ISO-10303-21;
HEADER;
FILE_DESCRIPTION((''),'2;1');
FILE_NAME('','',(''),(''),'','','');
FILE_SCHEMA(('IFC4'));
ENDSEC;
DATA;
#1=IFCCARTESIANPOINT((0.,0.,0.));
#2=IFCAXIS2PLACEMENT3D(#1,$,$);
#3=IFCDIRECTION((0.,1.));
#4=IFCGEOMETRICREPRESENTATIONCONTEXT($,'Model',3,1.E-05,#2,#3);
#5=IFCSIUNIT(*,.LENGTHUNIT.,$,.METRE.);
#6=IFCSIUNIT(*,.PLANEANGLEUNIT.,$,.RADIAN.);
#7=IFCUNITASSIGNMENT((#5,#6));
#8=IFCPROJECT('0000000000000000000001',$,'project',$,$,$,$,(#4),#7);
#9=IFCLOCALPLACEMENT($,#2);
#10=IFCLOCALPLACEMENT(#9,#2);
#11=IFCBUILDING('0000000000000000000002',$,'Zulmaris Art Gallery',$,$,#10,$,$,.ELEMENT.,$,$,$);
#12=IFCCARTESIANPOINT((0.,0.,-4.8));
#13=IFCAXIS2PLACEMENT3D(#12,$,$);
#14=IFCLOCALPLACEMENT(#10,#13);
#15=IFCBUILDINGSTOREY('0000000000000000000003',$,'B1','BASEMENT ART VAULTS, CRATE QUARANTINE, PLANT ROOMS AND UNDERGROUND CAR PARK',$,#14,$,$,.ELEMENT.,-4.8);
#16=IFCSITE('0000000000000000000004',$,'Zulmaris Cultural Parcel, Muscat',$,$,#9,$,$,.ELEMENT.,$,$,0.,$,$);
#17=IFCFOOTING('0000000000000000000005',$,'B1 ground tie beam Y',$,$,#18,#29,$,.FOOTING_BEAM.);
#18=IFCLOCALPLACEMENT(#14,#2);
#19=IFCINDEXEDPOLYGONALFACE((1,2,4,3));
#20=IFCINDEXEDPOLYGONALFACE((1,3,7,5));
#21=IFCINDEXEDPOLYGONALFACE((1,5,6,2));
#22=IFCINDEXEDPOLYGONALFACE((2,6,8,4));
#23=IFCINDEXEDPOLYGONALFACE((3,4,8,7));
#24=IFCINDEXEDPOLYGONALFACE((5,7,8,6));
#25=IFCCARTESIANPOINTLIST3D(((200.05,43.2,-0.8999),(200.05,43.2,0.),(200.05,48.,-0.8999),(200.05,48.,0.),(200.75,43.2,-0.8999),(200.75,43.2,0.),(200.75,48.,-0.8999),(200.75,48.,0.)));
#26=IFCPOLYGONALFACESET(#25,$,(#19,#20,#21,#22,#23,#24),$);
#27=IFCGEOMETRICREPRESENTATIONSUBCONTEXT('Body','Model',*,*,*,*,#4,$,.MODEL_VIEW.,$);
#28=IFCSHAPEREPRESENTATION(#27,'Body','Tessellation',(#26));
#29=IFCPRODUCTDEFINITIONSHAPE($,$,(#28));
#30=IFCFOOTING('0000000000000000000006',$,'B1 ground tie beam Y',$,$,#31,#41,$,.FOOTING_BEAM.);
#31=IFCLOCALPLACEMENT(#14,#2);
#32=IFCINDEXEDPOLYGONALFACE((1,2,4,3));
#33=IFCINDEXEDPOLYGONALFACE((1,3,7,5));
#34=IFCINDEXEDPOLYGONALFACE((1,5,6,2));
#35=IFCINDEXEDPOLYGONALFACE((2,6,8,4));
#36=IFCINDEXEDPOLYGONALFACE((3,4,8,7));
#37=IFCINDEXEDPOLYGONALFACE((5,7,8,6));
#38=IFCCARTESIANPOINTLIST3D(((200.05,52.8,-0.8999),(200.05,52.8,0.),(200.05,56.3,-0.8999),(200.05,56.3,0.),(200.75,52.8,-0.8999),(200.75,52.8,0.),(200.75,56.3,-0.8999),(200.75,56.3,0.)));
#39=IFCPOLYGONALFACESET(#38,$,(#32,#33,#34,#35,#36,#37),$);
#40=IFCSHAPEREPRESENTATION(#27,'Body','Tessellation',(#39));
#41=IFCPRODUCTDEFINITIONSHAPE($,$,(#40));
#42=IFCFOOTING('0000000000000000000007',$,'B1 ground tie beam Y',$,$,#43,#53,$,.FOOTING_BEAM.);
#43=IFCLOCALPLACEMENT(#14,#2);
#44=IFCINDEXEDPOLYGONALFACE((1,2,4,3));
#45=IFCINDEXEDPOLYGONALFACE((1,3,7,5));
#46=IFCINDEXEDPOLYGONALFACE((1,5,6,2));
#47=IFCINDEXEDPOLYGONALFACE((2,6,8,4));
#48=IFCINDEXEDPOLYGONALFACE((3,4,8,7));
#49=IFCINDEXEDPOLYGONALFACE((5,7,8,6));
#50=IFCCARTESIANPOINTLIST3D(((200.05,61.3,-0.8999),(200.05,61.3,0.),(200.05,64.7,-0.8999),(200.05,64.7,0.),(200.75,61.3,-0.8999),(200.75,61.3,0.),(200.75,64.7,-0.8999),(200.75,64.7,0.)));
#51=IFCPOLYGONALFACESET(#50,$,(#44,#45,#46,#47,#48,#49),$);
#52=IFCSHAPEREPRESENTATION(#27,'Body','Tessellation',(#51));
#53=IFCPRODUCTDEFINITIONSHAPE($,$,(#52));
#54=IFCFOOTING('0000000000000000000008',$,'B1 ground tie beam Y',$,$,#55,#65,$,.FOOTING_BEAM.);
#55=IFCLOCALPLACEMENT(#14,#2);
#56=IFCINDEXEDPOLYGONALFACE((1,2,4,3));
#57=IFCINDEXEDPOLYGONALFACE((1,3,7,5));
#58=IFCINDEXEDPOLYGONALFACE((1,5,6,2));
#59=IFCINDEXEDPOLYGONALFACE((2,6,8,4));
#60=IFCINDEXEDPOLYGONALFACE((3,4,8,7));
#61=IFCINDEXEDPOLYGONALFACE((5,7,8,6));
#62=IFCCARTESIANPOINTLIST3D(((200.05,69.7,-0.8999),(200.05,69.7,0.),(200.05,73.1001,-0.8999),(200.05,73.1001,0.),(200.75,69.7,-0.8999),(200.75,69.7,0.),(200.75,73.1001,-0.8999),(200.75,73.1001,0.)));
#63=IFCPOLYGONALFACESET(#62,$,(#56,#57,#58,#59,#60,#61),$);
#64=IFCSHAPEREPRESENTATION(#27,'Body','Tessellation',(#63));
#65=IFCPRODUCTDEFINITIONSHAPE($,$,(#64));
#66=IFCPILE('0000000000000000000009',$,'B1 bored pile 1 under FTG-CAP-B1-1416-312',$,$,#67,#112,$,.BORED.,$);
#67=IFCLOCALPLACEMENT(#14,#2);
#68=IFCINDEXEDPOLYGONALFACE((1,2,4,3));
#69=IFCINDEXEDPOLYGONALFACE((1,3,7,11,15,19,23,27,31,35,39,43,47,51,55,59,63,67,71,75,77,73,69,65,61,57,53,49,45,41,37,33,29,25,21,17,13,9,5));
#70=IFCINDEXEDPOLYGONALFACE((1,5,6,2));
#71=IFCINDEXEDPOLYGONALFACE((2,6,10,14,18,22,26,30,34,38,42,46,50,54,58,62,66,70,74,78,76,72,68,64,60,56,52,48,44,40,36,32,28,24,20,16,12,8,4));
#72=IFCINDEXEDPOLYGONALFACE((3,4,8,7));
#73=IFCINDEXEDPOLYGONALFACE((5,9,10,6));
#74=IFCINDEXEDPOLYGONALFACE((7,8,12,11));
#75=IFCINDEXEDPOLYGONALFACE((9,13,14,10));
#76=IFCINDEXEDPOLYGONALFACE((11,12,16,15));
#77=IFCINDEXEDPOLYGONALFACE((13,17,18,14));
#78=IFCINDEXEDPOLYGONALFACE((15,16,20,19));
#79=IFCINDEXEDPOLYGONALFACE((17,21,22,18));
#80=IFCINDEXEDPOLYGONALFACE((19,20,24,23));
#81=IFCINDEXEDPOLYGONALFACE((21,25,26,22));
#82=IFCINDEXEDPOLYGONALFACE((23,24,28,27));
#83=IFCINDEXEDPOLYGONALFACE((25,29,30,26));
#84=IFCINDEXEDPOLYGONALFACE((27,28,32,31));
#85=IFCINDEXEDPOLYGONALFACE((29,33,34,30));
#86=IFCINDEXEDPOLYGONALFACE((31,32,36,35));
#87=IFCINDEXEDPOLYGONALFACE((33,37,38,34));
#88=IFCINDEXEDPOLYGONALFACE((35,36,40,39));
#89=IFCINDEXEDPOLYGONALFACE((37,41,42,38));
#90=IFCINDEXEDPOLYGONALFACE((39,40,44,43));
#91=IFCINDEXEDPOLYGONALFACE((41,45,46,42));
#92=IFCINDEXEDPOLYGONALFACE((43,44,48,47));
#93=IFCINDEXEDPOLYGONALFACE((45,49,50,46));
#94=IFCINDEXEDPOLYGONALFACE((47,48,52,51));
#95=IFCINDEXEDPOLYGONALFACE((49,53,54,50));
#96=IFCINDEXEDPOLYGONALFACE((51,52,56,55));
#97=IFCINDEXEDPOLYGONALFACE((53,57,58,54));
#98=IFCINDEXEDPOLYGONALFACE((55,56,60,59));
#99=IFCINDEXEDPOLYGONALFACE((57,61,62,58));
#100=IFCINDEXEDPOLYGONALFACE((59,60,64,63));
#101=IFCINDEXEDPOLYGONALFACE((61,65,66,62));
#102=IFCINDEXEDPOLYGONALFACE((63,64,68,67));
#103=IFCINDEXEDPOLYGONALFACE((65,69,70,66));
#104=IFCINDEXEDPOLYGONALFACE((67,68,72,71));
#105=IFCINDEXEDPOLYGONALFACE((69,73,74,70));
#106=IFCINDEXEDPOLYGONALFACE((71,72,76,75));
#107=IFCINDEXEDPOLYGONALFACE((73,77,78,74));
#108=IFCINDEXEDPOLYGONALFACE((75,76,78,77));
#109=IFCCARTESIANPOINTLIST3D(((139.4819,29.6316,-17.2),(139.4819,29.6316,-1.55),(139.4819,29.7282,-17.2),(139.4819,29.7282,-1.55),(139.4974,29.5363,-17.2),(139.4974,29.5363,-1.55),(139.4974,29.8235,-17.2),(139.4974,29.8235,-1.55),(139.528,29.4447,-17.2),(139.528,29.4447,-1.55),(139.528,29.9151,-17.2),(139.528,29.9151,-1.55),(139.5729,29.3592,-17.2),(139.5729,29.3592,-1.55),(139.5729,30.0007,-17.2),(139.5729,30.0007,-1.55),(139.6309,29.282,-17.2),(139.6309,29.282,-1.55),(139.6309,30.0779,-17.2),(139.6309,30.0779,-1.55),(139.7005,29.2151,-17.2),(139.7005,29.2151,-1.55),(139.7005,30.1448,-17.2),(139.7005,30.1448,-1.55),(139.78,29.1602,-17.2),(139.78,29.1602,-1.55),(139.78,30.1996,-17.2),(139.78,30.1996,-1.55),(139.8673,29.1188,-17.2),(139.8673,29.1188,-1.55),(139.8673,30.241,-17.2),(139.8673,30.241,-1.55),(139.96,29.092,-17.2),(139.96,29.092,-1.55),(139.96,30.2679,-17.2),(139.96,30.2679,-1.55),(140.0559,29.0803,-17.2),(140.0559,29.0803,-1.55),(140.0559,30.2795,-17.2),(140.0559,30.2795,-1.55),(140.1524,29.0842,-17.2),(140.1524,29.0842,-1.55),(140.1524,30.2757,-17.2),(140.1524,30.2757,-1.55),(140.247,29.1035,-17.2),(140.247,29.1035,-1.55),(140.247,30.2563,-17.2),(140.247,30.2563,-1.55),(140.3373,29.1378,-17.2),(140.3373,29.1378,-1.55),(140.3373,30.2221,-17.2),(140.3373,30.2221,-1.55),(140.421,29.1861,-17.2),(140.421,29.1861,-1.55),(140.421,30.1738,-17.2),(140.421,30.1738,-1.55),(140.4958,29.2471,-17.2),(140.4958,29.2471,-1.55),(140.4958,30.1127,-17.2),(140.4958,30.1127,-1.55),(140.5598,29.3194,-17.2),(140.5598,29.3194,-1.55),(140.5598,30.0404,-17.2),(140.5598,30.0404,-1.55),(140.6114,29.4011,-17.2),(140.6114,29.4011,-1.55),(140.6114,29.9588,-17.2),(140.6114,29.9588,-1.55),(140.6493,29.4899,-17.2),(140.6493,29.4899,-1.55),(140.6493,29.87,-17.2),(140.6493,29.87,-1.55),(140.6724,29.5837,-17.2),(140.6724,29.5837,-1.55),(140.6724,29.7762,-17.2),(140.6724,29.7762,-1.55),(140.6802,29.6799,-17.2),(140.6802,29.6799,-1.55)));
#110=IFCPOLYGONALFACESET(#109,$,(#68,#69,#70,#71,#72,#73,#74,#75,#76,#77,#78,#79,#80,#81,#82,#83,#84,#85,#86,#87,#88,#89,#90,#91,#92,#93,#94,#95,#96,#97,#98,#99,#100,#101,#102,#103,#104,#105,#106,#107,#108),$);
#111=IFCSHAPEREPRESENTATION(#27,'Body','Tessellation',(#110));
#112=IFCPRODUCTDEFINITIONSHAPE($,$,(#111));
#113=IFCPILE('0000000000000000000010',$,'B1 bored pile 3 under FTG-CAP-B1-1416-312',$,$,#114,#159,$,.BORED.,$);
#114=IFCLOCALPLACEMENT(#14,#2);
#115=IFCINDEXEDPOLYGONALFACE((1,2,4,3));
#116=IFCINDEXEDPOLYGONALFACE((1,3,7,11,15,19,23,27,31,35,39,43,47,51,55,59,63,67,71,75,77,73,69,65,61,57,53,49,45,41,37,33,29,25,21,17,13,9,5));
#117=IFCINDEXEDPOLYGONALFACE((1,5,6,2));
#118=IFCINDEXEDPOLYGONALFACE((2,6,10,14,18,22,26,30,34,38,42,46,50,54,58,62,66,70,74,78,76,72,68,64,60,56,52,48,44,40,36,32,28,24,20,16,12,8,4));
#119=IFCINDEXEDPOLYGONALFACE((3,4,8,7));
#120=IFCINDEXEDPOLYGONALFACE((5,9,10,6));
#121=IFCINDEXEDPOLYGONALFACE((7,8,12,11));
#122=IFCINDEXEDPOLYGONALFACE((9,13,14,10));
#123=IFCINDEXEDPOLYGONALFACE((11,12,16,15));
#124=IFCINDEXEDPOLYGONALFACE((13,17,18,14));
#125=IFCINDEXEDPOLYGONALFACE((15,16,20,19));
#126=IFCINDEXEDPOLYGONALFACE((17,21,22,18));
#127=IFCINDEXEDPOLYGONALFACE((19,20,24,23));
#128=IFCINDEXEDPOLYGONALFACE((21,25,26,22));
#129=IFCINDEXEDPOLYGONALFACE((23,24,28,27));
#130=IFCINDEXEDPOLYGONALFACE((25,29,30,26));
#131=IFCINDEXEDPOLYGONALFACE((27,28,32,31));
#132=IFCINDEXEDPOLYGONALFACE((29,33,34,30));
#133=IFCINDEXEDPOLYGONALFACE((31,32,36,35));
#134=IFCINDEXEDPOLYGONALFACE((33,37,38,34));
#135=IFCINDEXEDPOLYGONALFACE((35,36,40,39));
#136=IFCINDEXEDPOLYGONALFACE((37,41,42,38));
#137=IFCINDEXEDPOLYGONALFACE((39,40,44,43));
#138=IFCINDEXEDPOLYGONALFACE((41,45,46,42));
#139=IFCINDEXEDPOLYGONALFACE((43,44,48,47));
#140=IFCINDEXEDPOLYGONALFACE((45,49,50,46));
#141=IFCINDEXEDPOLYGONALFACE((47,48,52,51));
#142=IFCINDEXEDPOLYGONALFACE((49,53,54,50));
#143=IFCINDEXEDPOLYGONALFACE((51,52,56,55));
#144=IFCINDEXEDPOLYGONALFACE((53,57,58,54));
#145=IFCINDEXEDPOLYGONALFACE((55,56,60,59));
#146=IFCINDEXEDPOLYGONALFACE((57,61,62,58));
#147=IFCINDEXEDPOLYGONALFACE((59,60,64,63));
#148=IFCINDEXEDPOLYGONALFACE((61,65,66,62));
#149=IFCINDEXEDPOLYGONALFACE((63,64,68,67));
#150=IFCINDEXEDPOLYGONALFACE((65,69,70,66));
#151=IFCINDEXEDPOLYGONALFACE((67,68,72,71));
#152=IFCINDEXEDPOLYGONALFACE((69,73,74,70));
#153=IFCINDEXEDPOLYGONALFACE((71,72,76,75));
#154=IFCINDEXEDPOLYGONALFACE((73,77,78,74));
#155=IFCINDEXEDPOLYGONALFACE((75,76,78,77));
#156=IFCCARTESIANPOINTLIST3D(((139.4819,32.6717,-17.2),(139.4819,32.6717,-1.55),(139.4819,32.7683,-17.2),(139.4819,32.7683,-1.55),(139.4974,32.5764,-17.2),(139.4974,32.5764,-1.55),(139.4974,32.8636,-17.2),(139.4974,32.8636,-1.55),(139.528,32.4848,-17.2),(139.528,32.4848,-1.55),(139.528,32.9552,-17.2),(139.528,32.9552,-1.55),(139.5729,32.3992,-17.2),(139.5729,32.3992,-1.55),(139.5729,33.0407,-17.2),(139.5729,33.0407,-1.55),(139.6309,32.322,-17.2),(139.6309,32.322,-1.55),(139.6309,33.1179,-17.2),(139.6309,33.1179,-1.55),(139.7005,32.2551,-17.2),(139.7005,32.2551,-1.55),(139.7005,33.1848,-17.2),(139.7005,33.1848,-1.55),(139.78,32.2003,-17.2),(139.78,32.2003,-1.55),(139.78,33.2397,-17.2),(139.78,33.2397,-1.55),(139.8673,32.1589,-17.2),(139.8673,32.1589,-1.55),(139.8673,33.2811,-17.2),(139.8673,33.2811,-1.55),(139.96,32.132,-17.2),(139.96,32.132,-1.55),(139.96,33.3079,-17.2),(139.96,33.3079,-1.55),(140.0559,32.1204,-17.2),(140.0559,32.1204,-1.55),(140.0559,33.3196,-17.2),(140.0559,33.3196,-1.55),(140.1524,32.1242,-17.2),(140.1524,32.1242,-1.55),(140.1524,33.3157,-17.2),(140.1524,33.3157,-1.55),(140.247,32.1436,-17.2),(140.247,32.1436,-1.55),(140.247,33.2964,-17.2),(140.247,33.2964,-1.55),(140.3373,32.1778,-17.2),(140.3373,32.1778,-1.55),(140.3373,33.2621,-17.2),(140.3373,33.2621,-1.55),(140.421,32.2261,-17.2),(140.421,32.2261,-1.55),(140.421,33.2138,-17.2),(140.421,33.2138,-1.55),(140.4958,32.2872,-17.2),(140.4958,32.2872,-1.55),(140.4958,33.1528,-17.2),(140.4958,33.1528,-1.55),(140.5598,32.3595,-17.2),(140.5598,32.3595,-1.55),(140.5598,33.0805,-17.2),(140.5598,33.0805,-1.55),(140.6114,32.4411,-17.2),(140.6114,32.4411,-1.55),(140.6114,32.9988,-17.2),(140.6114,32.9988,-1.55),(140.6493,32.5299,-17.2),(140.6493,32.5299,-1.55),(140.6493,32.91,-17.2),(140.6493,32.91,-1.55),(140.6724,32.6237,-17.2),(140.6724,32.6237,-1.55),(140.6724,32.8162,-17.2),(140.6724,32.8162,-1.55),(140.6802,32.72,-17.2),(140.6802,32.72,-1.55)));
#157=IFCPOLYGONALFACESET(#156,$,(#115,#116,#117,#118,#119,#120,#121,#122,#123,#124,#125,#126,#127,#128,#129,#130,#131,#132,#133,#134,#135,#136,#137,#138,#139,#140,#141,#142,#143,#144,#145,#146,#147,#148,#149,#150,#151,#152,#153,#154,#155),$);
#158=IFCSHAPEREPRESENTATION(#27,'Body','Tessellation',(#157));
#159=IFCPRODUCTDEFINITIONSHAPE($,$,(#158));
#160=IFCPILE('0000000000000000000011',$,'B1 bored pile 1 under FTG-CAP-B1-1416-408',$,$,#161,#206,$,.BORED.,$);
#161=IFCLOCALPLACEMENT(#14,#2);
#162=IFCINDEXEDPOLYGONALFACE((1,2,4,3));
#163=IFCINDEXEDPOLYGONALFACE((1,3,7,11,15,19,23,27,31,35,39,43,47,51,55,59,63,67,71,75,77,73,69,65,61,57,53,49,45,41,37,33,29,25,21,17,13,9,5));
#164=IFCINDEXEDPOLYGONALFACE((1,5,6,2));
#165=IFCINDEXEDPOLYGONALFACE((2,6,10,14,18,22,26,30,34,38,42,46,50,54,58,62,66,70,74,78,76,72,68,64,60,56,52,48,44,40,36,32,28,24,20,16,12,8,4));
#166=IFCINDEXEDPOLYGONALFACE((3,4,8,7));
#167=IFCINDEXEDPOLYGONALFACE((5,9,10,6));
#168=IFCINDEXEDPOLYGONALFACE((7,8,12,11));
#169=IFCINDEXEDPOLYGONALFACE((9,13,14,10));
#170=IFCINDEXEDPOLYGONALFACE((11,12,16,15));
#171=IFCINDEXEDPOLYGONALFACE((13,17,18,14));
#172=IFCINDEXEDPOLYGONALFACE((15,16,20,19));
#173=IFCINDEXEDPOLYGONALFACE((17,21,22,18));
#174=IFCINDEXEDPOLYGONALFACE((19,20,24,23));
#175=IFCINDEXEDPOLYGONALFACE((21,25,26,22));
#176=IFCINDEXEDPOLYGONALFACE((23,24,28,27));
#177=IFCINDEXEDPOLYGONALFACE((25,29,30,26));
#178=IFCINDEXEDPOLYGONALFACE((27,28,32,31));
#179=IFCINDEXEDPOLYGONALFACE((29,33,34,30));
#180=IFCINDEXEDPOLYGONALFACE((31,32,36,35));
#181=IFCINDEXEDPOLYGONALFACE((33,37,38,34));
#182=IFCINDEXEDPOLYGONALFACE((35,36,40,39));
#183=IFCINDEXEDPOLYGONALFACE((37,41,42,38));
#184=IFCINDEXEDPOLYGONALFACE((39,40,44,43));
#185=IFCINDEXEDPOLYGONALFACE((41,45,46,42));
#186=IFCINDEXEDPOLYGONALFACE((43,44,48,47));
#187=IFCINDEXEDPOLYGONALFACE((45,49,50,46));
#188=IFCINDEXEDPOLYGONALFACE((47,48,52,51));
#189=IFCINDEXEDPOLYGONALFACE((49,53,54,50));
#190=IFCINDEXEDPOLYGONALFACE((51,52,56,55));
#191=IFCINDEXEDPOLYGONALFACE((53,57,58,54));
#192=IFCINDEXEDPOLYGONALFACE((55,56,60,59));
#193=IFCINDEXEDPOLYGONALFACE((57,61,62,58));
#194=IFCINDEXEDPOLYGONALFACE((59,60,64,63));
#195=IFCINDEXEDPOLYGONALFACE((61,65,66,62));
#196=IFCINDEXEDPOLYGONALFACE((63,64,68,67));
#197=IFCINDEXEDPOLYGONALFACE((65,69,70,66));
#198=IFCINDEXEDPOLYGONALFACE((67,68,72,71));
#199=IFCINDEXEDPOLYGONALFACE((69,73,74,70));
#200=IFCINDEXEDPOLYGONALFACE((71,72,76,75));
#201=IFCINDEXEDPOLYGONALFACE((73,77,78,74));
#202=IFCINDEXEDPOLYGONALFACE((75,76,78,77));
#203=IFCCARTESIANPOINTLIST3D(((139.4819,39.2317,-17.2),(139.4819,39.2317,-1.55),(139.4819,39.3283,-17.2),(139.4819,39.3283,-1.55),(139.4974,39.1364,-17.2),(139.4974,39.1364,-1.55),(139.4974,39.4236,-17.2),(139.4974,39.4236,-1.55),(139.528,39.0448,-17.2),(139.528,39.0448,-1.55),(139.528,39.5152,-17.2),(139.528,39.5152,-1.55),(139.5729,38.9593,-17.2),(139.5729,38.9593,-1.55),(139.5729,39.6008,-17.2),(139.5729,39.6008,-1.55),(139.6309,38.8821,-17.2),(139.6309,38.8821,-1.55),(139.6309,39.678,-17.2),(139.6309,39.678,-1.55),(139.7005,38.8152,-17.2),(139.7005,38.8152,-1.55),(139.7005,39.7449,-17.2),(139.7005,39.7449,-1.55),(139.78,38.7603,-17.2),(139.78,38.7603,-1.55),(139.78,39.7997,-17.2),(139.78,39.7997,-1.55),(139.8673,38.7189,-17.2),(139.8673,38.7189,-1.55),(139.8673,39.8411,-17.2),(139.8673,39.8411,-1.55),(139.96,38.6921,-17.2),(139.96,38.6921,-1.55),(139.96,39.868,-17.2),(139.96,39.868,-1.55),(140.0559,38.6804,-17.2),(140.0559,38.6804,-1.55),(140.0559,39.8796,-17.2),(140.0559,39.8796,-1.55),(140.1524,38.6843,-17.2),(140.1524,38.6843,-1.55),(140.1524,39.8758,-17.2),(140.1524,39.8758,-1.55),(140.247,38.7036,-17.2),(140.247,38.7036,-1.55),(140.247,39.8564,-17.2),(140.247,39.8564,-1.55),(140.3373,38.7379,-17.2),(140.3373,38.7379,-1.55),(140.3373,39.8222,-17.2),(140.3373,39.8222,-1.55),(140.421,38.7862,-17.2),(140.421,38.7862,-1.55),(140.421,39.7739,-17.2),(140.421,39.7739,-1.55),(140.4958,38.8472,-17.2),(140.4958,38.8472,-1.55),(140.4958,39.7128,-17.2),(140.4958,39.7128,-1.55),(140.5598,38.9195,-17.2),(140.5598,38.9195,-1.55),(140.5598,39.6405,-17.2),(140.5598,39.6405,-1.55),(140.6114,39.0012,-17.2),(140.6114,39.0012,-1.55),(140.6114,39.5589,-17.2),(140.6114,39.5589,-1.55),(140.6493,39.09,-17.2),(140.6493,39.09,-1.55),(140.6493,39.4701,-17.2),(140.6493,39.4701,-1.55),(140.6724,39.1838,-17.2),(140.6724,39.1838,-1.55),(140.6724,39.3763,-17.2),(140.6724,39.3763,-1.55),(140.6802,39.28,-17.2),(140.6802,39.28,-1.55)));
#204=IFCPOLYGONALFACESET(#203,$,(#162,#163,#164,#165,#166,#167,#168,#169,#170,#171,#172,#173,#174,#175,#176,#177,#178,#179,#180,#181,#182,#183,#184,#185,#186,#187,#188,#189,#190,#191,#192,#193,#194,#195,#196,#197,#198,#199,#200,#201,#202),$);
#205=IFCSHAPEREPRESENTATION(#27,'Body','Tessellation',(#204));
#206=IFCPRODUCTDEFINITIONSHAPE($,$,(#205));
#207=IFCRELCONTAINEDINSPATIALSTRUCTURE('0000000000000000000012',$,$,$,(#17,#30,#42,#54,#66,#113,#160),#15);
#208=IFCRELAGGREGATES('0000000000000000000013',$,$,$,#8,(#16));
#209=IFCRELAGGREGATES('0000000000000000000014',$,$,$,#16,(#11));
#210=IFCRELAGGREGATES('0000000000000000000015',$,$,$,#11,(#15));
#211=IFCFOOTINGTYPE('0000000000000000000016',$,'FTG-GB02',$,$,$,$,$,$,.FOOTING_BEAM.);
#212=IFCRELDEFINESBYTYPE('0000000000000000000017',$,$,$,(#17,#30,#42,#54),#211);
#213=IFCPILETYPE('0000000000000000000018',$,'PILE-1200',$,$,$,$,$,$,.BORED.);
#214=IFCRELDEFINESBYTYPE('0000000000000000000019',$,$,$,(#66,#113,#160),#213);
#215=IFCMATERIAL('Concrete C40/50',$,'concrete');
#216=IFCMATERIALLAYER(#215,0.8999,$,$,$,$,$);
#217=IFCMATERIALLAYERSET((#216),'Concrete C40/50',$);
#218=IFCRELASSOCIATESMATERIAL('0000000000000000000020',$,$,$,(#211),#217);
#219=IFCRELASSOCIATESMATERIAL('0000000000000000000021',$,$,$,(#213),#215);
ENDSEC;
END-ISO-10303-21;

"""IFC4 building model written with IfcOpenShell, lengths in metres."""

from ifc_helpers import new_model, si_unit, direction, frame, origin, origin_2d, place, context, subcontext, project, spatial, polyline, circle, outline, extrude, material, layer, layer_set, material_profile, profile_set, type_object, element, save


model = new_model("IFC4")

# Units and contexts
model_context = context("Model", 3, precision=1e-05, world=origin(), true_north=direction((0.0, 1.0)))
body_context = subcontext(model_context, "Body", "Model", "MODEL_VIEW")
ifc_project = project(units=[si_unit("LENGTHUNIT", "METRE"), si_unit("PLANEANGLEUNIT", "RADIAN")], contexts=[model_context])

# Site, building, storey
site_placement = place(None, origin())
site = spatial("IfcSite", under=ifc_project, at=site_placement, Name="Zulmaris Cultural Parcel, Muscat", CompositionType="ELEMENT", RefElevation=0.0)
building_placement = place(site_placement, origin())
building = spatial("IfcBuilding", under=site, at=building_placement, Name="Zulmaris Art Gallery", CompositionType="ELEMENT")
storey_placement = place(building_placement, frame((0.0, 0.0, -4.8)))
storey = spatial("IfcBuildingStorey", under=building, at=storey_placement, Name="B1", Description="BASEMENT ART VAULTS, CRATE QUARANTINE, PLANT ROOMS AND UNDERGROUND CAR PARK", CompositionType="ELEMENT", Elevation=-4.8)

# Footings
ifc_material_1 = material(Name="Concrete C40/50", Category="concrete")
ifc_layer_1 = layer(ifc_material_1, 0.8999)
ifc_layer_set_1 = layer_set([ifc_layer_1], Name="Concrete C40/50")
footing_type = type_object("IfcFootingType", Name="FTG-GB02", PredefinedType="FOOTING_BEAM", material=ifc_layer_set_1)
footing_1_placement = place(storey_placement, frame((0.0, 0.0, -0.8999)))
element("IfcFooting", 1, at=footing_1_placement, inside=storey, type_object=footing_type, Name="B1 ground tie beam Y", PredefinedType="FOOTING_BEAM", context=body_context, shape_type="SweptSolid", body=[
    extrude(outline(polyline([(200.05, 43.2), (200.75, 43.2), (200.75, 48.0), (200.05, 48.0), (200.05, 43.2)])), origin(), (0.0, 0.0, 1.0), 0.8999),
])
footing_2_placement = place(storey_placement, frame((0.0, 0.0, -0.8999)))
element("IfcFooting", 2, at=footing_2_placement, inside=storey, type_object=footing_type, Name="B1 ground tie beam Y", PredefinedType="FOOTING_BEAM", context=body_context, shape_type="SweptSolid", body=[
    extrude(outline(polyline([(200.05, 52.8), (200.75, 52.8), (200.75, 56.3), (200.05, 56.3), (200.05, 52.8)])), origin(), (0.0, 0.0, 1.0), 0.8999),
])
footing_3_placement = place(storey_placement, frame((0.0, 0.0, -0.8999)))
element("IfcFooting", 3, at=footing_3_placement, inside=storey, type_object=footing_type, Name="B1 ground tie beam Y", PredefinedType="FOOTING_BEAM", context=body_context, shape_type="SweptSolid", body=[
    extrude(outline(polyline([(200.05, 61.3), (200.75, 61.3), (200.75, 64.7), (200.05, 64.7), (200.05, 61.3)])), origin(), (0.0, 0.0, 1.0), 0.8999),
])
footing_4_placement = place(storey_placement, frame((0.0, 0.0, -0.8999)))
element("IfcFooting", 4, at=footing_4_placement, inside=storey, type_object=footing_type, Name="B1 ground tie beam Y", PredefinedType="FOOTING_BEAM", context=body_context, shape_type="SweptSolid", body=[
    extrude(outline(polyline([(200.05, 69.7), (200.75, 69.7), (200.75, 73.1001), (200.05, 73.1001), (200.05, 69.7)])), origin(), (0.0, 0.0, 1.0), 0.8999),
])

# Piles
ifc_material_profile = material_profile(ifc_material_1, circle(Radius=0.6001, at=origin_2d()), Name="PILE DIA 1200")
ifc_profile_set = profile_set([ifc_material_profile], Name="Concrete C40/50")
pile_type = type_object("IfcPileType", Name="PILE-1200", PredefinedType="BORED", material=ifc_profile_set)
for number, where, z_axis, x_axis, name in (
    (5, (140.0801, 29.6799, -1.55), (0.0, 0.0, -1.0), (1.0, 0.0, 0.0), "B1 bored pile 1 under FTG-CAP-B1-1416-312"),
    (6, (140.0801, 32.72, -1.55), (0.0, 0.0, -1.0), (1.0, 0.0, 0.0), "B1 bored pile 3 under FTG-CAP-B1-1416-312"),
    (7, (140.0801, 39.28, -1.55), (0.0, 0.0, -1.0), (1.0, 0.0, 0.0), "B1 bored pile 1 under FTG-CAP-B1-1416-408"),
):
    element("IfcPile", number, at=place(storey_placement, frame(where, z_axis=z_axis, x_axis=x_axis)), inside=storey, type_object=pile_type, Name=name, PredefinedType="BORED", context=body_context, shape_type="SweptSolid", body=[
        extrude(circle(Radius=0.6001, at=origin_2d()), origin(), (0.0, 0.0, 1.0), 15.6499),
    ])

save(model, "model.ifc")
